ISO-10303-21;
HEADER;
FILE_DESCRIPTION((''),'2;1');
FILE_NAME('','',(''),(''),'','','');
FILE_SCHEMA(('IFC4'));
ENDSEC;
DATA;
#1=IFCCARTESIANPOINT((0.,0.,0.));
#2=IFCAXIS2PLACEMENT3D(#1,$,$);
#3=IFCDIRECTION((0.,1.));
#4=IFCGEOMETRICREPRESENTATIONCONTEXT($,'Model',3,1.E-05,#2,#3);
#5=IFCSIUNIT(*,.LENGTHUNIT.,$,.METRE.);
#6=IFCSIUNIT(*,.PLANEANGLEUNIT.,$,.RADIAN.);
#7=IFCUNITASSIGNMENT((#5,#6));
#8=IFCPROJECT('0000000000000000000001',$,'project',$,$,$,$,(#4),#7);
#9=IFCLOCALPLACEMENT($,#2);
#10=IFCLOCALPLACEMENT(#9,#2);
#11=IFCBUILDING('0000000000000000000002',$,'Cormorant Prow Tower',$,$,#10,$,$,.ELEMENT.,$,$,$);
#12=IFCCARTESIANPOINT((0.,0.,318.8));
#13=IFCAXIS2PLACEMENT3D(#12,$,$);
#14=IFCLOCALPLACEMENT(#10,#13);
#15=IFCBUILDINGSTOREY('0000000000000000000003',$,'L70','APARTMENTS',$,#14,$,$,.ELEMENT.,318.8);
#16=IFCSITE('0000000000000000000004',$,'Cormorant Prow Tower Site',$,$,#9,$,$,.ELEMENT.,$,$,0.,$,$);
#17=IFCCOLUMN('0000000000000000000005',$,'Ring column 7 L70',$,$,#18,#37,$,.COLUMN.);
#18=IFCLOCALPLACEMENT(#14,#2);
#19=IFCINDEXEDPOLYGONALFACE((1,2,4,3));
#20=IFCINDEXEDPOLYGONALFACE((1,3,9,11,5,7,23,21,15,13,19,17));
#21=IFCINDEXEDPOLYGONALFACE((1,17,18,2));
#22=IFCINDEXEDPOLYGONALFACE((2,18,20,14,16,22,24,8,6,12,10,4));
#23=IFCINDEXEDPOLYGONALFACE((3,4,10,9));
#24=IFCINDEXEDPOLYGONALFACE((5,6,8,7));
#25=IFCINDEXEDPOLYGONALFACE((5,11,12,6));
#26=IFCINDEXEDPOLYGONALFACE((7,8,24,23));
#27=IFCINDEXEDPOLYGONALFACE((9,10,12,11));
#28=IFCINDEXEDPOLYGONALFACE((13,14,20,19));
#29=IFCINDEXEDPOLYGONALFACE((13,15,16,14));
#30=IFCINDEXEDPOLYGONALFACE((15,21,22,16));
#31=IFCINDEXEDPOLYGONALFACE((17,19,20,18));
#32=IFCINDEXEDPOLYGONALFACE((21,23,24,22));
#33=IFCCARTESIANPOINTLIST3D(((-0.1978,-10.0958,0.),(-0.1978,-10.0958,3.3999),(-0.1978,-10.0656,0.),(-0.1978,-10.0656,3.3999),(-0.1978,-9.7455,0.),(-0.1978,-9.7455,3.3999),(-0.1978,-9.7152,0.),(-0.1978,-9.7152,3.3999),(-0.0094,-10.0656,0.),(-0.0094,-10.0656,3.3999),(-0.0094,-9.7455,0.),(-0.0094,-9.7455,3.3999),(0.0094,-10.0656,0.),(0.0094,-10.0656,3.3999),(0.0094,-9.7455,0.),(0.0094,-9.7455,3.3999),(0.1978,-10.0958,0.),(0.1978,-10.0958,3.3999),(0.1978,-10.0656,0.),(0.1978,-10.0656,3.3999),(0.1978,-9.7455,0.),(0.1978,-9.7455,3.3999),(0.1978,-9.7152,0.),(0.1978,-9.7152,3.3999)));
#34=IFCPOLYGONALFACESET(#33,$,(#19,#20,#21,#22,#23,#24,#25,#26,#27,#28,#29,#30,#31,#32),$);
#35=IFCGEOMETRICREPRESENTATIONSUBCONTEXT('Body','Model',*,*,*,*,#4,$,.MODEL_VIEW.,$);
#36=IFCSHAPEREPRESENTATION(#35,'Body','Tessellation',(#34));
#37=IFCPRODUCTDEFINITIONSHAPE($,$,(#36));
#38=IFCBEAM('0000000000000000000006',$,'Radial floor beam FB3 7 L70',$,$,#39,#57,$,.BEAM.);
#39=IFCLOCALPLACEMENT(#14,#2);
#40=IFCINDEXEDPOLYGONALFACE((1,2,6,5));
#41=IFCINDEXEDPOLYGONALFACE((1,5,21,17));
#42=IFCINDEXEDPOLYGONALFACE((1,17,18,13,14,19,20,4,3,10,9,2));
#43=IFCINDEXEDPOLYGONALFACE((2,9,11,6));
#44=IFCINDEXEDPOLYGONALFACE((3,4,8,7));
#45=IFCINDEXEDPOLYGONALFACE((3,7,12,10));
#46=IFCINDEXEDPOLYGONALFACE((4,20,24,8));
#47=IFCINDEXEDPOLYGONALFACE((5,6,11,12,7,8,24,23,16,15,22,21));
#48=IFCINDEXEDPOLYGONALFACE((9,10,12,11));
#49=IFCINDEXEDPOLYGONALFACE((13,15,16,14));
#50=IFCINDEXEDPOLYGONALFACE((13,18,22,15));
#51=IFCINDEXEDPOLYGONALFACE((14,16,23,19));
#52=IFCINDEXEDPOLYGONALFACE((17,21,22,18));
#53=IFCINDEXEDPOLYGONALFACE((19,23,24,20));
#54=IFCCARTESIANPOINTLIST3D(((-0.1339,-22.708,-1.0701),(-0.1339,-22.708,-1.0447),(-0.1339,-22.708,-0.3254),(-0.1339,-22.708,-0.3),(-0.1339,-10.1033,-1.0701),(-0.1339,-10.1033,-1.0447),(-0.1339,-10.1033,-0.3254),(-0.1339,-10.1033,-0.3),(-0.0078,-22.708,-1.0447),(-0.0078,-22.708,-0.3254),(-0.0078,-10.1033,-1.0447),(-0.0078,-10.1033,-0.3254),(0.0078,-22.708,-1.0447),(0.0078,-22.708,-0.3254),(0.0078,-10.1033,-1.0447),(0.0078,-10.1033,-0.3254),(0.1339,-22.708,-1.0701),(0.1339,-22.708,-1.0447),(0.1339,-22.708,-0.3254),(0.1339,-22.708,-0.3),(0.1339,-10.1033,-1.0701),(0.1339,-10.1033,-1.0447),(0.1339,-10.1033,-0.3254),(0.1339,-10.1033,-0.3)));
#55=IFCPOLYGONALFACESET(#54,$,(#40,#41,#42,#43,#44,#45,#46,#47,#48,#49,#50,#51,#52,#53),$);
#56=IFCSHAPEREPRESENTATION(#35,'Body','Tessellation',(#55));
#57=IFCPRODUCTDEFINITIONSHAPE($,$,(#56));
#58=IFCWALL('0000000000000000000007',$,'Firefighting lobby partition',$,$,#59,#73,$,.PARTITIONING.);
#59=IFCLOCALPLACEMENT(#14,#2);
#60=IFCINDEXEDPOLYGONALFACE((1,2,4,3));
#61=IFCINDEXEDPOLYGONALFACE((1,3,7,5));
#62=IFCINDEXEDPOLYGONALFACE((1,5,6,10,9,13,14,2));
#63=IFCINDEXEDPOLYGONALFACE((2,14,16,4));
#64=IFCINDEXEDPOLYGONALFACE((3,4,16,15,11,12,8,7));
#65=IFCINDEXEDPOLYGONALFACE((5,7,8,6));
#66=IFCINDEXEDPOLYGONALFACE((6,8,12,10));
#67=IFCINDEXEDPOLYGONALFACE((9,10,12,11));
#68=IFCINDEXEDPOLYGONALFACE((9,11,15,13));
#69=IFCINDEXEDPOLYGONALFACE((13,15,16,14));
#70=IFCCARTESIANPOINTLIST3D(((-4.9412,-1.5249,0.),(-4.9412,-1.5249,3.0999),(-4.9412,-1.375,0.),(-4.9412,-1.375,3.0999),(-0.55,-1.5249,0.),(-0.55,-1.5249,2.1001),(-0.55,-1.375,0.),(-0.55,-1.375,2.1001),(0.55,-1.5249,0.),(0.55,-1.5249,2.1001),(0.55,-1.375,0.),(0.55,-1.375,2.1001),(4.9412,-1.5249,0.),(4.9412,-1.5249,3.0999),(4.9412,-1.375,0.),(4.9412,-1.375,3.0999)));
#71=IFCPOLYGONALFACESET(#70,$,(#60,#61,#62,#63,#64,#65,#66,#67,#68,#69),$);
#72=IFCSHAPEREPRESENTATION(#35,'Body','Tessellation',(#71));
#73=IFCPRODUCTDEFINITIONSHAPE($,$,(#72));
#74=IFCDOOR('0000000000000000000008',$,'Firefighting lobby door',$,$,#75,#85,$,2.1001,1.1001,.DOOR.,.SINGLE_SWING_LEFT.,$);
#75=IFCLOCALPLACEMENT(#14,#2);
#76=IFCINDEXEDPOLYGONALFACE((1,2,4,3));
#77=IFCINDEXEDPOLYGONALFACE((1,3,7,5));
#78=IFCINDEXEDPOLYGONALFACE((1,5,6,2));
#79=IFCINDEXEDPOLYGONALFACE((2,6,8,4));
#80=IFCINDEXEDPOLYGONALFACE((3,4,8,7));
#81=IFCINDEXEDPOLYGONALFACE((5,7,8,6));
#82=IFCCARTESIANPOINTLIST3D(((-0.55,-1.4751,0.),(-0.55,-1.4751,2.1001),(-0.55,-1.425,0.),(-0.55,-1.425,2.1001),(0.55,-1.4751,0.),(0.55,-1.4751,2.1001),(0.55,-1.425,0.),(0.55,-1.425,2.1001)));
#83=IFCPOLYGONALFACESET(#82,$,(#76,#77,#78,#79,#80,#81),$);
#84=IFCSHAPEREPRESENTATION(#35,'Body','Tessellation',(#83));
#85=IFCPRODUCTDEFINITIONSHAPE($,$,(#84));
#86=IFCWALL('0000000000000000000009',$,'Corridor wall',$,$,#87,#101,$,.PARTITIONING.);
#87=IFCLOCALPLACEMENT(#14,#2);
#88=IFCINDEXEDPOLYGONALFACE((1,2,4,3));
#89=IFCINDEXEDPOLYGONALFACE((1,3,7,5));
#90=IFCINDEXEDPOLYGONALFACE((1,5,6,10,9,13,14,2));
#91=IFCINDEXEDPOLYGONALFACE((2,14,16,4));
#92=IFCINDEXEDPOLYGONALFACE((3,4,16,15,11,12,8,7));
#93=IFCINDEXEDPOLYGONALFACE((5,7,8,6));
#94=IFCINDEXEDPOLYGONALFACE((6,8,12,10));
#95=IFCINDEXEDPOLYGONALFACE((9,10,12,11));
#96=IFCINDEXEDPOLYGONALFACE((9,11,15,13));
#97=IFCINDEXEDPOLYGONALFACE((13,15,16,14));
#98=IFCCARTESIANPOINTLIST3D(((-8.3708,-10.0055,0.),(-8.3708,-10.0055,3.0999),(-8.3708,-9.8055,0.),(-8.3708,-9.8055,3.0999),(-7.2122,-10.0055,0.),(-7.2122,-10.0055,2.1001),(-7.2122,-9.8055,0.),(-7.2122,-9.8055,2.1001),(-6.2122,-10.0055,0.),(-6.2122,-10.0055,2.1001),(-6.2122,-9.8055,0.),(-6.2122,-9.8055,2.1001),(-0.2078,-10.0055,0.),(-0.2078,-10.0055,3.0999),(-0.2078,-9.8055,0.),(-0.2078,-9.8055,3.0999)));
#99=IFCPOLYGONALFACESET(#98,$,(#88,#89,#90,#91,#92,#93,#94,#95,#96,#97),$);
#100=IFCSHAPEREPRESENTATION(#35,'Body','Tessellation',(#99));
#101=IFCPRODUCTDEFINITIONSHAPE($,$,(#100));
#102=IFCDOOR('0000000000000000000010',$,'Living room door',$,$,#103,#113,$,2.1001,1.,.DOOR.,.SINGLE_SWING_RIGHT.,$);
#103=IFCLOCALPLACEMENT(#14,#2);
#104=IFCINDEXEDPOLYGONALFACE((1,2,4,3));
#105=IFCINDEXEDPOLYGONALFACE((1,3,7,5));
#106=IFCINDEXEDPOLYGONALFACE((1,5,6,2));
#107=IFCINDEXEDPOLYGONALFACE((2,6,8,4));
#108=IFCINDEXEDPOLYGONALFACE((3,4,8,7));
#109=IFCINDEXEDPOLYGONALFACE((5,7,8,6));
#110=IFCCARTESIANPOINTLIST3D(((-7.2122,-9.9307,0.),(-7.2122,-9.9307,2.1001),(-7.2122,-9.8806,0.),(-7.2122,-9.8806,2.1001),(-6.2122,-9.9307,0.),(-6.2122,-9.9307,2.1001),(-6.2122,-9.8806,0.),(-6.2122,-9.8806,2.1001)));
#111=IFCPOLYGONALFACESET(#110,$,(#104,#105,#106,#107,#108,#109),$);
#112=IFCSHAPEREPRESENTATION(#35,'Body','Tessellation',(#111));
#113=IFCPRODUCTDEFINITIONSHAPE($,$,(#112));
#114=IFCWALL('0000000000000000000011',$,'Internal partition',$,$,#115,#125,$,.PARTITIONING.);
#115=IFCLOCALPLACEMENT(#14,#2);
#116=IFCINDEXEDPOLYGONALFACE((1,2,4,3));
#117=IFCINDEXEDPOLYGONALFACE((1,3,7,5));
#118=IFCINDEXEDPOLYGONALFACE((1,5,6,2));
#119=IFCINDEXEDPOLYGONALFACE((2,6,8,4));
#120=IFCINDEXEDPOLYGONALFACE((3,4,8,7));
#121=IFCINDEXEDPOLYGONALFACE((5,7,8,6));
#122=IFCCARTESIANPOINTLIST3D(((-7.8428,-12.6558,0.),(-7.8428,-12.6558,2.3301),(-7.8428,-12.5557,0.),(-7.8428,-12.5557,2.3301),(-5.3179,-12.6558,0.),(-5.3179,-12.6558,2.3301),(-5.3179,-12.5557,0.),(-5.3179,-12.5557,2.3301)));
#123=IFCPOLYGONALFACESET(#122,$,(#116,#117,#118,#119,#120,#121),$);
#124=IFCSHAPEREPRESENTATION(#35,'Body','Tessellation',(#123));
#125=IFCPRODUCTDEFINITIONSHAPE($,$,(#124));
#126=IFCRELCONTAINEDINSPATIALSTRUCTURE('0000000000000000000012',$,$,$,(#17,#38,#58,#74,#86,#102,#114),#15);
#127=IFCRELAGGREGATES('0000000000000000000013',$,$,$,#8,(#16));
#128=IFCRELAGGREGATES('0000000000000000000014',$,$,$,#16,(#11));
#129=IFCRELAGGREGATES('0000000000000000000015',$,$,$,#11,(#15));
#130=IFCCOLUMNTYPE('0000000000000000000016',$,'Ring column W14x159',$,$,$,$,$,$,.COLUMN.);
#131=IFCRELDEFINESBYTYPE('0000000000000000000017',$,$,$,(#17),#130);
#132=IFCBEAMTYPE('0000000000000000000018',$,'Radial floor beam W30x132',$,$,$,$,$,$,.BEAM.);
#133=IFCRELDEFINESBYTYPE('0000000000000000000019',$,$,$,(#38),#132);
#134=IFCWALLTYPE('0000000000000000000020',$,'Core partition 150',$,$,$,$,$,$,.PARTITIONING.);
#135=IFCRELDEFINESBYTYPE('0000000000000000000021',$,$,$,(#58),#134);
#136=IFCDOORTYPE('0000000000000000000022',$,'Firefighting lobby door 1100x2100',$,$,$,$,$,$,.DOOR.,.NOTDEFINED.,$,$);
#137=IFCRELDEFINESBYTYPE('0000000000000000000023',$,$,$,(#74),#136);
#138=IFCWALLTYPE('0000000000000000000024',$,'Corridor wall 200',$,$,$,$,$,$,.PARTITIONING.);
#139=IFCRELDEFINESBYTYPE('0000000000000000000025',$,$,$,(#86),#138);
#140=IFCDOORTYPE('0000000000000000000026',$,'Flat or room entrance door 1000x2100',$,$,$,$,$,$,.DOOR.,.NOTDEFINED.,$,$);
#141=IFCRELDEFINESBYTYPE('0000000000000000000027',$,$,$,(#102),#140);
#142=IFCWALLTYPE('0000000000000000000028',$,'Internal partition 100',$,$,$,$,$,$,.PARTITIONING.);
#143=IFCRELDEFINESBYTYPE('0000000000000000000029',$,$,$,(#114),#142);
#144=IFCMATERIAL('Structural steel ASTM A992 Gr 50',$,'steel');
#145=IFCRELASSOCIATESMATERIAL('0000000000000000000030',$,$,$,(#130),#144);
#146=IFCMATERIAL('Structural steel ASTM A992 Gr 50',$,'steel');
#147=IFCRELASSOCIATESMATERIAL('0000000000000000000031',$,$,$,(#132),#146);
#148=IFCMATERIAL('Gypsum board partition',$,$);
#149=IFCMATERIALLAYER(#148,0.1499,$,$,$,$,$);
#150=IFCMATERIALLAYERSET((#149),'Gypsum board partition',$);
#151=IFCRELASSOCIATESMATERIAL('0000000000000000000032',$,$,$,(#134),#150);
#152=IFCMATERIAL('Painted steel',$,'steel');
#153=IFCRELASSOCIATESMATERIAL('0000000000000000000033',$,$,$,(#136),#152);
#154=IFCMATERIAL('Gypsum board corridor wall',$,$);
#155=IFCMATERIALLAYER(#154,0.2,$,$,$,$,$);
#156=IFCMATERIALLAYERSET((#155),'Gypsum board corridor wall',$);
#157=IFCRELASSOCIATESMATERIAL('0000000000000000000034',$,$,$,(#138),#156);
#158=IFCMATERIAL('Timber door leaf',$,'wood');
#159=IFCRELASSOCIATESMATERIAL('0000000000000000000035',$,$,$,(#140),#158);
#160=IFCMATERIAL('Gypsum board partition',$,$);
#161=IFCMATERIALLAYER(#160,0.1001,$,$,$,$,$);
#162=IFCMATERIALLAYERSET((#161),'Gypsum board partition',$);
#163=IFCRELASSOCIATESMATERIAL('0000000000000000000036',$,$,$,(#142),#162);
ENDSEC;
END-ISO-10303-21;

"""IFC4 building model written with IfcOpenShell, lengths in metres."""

from ifc_helpers import new_model, si_unit, direction, frame, frame_2d, origin, origin_2d, place, context, subcontext, project, spatial, rectangle, i_section, extrude, material, layer, layer_set, material_profile, profile_set, type_object, element, fill, save


model = new_model("IFC4")

# Units and contexts
model_context = context("Model", 3, precision=1e-05, world=origin(), true_north=direction((0.0, 1.0)))
body_context = subcontext(model_context, "Body", "Model", "MODEL_VIEW")
ifc_project = project(units=[si_unit("LENGTHUNIT", "METRE"), si_unit("PLANEANGLEUNIT", "RADIAN")], contexts=[model_context])

# Site, building, storey
site_placement = place(None, origin())
site = spatial("IfcSite", under=ifc_project, at=site_placement, Name="Cormorant Prow Tower Site", CompositionType="ELEMENT", RefElevation=0.0)
building_placement = place(site_placement, origin())
building = spatial("IfcBuilding", under=site, at=building_placement, Name="Cormorant Prow Tower", CompositionType="ELEMENT")
storey_placement = place(building_placement, frame((0.0, 0.0, 318.8)))
storey = spatial("IfcBuildingStorey", under=building, at=storey_placement, Name="L70", Description="APARTMENTS", CompositionType="ELEMENT", Elevation=318.8)

# Column
ifc_material_1 = material(Name="Structural steel ASTM A992 Gr 50", Category="steel")
ifc_material_profile_1 = material_profile(ifc_material_1, i_section(OverallWidth=0.3955, OverallDepth=0.3806, WebThickness=0.0188, FlangeThickness=0.0303, at=origin_2d()), Name="W14x159")
ifc_profile_set_1 = profile_set([ifc_material_profile_1], Name="Structural steel ASTM A992 Gr 50")
column_type = type_object("IfcColumnType", Name="Ring column W14x159", PredefinedType="COLUMN", material=ifc_profile_set_1)
column_placement = place(storey_placement, frame((0.0, -9.9055, 0.0), z_axis=(0.0, 0.0, 1.0), x_axis=(1.0, 0.0, 0.0)))
element("IfcColumn", 1, at=column_placement, inside=storey, type_object=column_type, Name="Ring column 7 L70", PredefinedType="COLUMN", context=body_context, shape_type="SweptSolid", body=[
    extrude(i_section(OverallWidth=0.3955, OverallDepth=0.3806, WebThickness=0.0188, FlangeThickness=0.0303, at=origin_2d()), origin(), (0.0, 0.0, 1.0), 3.3999),
])

# Beam
ifc_material_2 = material(Name="Structural steel ASTM A992 Gr 50", Category="steel")
ifc_material_profile_2 = material_profile(ifc_material_2, i_section(OverallWidth=0.2678, OverallDepth=0.77, WebThickness=0.0156, FlangeThickness=0.0254, at=origin_2d()), Name="W30x132")
ifc_profile_set_2 = profile_set([ifc_material_profile_2], Name="Structural steel ASTM A992 Gr 50")
beam_type = type_object("IfcBeamType", Name="Radial floor beam W30x132", PredefinedType="BEAM", material=ifc_profile_set_2)
beam_placement = place(storey_placement, frame((0.0, -10.1033, -0.6851), z_axis=(0.0, -1.0, 0.0), x_axis=(1.0, 0.0, 0.0)))
element("IfcBeam", 2, at=beam_placement, inside=storey, type_object=beam_type, Name="Radial floor beam FB3 7 L70", PredefinedType="BEAM", context=body_context, shape_type="SweptSolid", body=[
    extrude(i_section(OverallWidth=0.2678, OverallDepth=0.77, WebThickness=0.0156, FlangeThickness=0.0254, at=origin_2d()), origin(), (0.0, 0.0, 1.0), 12.6047),
])

# Walls, openings, doors
ifc_material_3 = material(Name="Gypsum board partition")
ifc_layer_1 = layer(ifc_material_3, 0.1499)
ifc_layer_set_1 = layer_set([ifc_layer_1], Name="Gypsum board partition")
wall_type_1 = type_object("IfcWallType", Name="Core partition 150", PredefinedType="PARTITIONING", material=ifc_layer_set_1)
wall_1_placement = place(storey_placement, frame((-4.9412, -1.45, 0.0), z_axis=(0.0, 0.0, 1.0), x_axis=(1.0, 0.0, 0.0)))
wall_1 = element("IfcWall", 3, at=wall_1_placement, inside=storey, type_object=wall_type_1, Name="Firefighting lobby partition", PredefinedType="PARTITIONING", context=body_context, shape_type="SweptSolid", body=[
    extrude(rectangle(XDim=9.8823, YDim=0.1499, at=frame_2d((4.9412, 0.0))), origin(), (0.0, 0.0, 1.0), 3.0999),
])
opening_1_placement = place(wall_1_placement, frame((4.3911, 0.0, 0.0)))
opening_1 = element("IfcOpeningElement", 4, at=opening_1_placement, cuts=wall_1, PredefinedType="OPENING", context=body_context, shape_type="SweptSolid", body=[
    extrude(rectangle(XDim=1.1001, YDim=2.1001, at=frame_2d((0.55, 1.05))), frame((0.0, 0.085, 0.0), z_axis=(0.0, -1.0, 0.0), x_axis=(1.0, 0.0, 0.0)), (0.0, 0.0, 1.0), 0.1699),
])
ifc_material_4 = material(Name="Painted steel", Category="steel")
door_type_1 = type_object("IfcDoorType", Name="Firefighting lobby door 1100x2100", OperationType="NOTDEFINED", PredefinedType="DOOR", material=ifc_material_4)
door_1_placement = place(opening_1_placement, origin())
door_1 = element("IfcDoor", 5, at=door_1_placement, inside=storey, type_object=door_type_1, Name="Firefighting lobby door", OperationType="SINGLE_SWING_LEFT", OverallHeight=2.1001, OverallWidth=1.1001, PredefinedType="DOOR", context=body_context, shape_type="SweptSolid", body=[
    extrude(rectangle(XDim=1.1001, YDim=2.1001, at=frame_2d((0.55, 1.05))), frame((0.0, 0.0249, 0.0), z_axis=(0.0, -1.0, 0.0), x_axis=(1.0, 0.0, 0.0)), (0.0, 0.0, 1.0), 0.05),
])
fill(opening_1, door_1)
ifc_material_5 = material(Name="Gypsum board corridor wall")
ifc_layer_2 = layer(ifc_material_5, 0.2)
ifc_layer_set_2 = layer_set([ifc_layer_2], Name="Gypsum board corridor wall")
wall_type_2 = type_object("IfcWallType", Name="Corridor wall 200", PredefinedType="PARTITIONING", material=ifc_layer_set_2)
wall_2_placement = place(storey_placement, frame((-8.3708, -9.9055, 0.0), z_axis=(0.0, 0.0, 1.0), x_axis=(1.0, 0.0, 0.0)))
wall_2 = element("IfcWall", 6, at=wall_2_placement, inside=storey, type_object=wall_type_2, Name="Corridor wall", PredefinedType="PARTITIONING", context=body_context, shape_type="SweptSolid", body=[
    extrude(rectangle(XDim=8.1631, YDim=0.2, at=frame_2d((4.0815, 0.0))), origin(), (0.0, 0.0, 1.0), 3.0999),
])
opening_2_placement = place(wall_2_placement, frame((1.1587, 0.0, 0.0)))
opening_2 = element("IfcOpeningElement", 7, at=opening_2_placement, cuts=wall_2, PredefinedType="OPENING", context=body_context, shape_type="SweptSolid", body=[
    extrude(rectangle(XDim=1.0, YDim=2.1001, at=frame_2d((0.5, 1.05))), frame((0.0, 0.1099, 0.0), z_axis=(0.0, -1.0, 0.0), x_axis=(1.0, 0.0, 0.0)), (0.0, 0.0, 1.0), 0.22),
])
ifc_material_6 = material(Name="Timber door leaf", Category="wood")
door_type_2 = type_object("IfcDoorType", Name="Flat or room entrance door 1000x2100", OperationType="NOTDEFINED", PredefinedType="DOOR", material=ifc_material_6)
door_2_placement = place(opening_2_placement, origin())
door_2 = element("IfcDoor", 8, at=door_2_placement, inside=storey, type_object=door_type_2, Name="Living room door", OperationType="SINGLE_SWING_RIGHT", OverallHeight=2.1001, OverallWidth=1.0, PredefinedType="DOOR", context=body_context, shape_type="SweptSolid", body=[
    extrude(rectangle(XDim=1.0, YDim=2.1001, at=frame_2d((0.5, 1.05))), frame((0.0, 0.0249, 0.0), z_axis=(0.0, -1.0, 0.0), x_axis=(1.0, 0.0, 0.0)), (0.0, 0.0, 1.0), 0.05),
])
fill(opening_2, door_2)

# Wall
ifc_material_7 = material(Name="Gypsum board partition")
ifc_layer_3 = layer(ifc_material_7, 0.1001)
ifc_layer_set_3 = layer_set([ifc_layer_3], Name="Gypsum board partition")
wall_type_3 = type_object("IfcWallType", Name="Internal partition 100", PredefinedType="PARTITIONING", material=ifc_layer_set_3)
wall_3_placement = place(storey_placement, frame((-7.8428, -12.6057, 0.0), z_axis=(0.0, 0.0, 1.0), x_axis=(1.0, 0.0, 0.0)))
element("IfcWall", 9, at=wall_3_placement, inside=storey, type_object=wall_type_3, Name="Internal partition", PredefinedType="PARTITIONING", context=body_context, shape_type="SweptSolid", body=[
    extrude(rectangle(XDim=2.5249, YDim=0.1001, at=frame_2d((1.2625, 0.0))), origin(), (0.0, 0.0, 1.0), 2.3301),
])

save(model, "model.ifc")
